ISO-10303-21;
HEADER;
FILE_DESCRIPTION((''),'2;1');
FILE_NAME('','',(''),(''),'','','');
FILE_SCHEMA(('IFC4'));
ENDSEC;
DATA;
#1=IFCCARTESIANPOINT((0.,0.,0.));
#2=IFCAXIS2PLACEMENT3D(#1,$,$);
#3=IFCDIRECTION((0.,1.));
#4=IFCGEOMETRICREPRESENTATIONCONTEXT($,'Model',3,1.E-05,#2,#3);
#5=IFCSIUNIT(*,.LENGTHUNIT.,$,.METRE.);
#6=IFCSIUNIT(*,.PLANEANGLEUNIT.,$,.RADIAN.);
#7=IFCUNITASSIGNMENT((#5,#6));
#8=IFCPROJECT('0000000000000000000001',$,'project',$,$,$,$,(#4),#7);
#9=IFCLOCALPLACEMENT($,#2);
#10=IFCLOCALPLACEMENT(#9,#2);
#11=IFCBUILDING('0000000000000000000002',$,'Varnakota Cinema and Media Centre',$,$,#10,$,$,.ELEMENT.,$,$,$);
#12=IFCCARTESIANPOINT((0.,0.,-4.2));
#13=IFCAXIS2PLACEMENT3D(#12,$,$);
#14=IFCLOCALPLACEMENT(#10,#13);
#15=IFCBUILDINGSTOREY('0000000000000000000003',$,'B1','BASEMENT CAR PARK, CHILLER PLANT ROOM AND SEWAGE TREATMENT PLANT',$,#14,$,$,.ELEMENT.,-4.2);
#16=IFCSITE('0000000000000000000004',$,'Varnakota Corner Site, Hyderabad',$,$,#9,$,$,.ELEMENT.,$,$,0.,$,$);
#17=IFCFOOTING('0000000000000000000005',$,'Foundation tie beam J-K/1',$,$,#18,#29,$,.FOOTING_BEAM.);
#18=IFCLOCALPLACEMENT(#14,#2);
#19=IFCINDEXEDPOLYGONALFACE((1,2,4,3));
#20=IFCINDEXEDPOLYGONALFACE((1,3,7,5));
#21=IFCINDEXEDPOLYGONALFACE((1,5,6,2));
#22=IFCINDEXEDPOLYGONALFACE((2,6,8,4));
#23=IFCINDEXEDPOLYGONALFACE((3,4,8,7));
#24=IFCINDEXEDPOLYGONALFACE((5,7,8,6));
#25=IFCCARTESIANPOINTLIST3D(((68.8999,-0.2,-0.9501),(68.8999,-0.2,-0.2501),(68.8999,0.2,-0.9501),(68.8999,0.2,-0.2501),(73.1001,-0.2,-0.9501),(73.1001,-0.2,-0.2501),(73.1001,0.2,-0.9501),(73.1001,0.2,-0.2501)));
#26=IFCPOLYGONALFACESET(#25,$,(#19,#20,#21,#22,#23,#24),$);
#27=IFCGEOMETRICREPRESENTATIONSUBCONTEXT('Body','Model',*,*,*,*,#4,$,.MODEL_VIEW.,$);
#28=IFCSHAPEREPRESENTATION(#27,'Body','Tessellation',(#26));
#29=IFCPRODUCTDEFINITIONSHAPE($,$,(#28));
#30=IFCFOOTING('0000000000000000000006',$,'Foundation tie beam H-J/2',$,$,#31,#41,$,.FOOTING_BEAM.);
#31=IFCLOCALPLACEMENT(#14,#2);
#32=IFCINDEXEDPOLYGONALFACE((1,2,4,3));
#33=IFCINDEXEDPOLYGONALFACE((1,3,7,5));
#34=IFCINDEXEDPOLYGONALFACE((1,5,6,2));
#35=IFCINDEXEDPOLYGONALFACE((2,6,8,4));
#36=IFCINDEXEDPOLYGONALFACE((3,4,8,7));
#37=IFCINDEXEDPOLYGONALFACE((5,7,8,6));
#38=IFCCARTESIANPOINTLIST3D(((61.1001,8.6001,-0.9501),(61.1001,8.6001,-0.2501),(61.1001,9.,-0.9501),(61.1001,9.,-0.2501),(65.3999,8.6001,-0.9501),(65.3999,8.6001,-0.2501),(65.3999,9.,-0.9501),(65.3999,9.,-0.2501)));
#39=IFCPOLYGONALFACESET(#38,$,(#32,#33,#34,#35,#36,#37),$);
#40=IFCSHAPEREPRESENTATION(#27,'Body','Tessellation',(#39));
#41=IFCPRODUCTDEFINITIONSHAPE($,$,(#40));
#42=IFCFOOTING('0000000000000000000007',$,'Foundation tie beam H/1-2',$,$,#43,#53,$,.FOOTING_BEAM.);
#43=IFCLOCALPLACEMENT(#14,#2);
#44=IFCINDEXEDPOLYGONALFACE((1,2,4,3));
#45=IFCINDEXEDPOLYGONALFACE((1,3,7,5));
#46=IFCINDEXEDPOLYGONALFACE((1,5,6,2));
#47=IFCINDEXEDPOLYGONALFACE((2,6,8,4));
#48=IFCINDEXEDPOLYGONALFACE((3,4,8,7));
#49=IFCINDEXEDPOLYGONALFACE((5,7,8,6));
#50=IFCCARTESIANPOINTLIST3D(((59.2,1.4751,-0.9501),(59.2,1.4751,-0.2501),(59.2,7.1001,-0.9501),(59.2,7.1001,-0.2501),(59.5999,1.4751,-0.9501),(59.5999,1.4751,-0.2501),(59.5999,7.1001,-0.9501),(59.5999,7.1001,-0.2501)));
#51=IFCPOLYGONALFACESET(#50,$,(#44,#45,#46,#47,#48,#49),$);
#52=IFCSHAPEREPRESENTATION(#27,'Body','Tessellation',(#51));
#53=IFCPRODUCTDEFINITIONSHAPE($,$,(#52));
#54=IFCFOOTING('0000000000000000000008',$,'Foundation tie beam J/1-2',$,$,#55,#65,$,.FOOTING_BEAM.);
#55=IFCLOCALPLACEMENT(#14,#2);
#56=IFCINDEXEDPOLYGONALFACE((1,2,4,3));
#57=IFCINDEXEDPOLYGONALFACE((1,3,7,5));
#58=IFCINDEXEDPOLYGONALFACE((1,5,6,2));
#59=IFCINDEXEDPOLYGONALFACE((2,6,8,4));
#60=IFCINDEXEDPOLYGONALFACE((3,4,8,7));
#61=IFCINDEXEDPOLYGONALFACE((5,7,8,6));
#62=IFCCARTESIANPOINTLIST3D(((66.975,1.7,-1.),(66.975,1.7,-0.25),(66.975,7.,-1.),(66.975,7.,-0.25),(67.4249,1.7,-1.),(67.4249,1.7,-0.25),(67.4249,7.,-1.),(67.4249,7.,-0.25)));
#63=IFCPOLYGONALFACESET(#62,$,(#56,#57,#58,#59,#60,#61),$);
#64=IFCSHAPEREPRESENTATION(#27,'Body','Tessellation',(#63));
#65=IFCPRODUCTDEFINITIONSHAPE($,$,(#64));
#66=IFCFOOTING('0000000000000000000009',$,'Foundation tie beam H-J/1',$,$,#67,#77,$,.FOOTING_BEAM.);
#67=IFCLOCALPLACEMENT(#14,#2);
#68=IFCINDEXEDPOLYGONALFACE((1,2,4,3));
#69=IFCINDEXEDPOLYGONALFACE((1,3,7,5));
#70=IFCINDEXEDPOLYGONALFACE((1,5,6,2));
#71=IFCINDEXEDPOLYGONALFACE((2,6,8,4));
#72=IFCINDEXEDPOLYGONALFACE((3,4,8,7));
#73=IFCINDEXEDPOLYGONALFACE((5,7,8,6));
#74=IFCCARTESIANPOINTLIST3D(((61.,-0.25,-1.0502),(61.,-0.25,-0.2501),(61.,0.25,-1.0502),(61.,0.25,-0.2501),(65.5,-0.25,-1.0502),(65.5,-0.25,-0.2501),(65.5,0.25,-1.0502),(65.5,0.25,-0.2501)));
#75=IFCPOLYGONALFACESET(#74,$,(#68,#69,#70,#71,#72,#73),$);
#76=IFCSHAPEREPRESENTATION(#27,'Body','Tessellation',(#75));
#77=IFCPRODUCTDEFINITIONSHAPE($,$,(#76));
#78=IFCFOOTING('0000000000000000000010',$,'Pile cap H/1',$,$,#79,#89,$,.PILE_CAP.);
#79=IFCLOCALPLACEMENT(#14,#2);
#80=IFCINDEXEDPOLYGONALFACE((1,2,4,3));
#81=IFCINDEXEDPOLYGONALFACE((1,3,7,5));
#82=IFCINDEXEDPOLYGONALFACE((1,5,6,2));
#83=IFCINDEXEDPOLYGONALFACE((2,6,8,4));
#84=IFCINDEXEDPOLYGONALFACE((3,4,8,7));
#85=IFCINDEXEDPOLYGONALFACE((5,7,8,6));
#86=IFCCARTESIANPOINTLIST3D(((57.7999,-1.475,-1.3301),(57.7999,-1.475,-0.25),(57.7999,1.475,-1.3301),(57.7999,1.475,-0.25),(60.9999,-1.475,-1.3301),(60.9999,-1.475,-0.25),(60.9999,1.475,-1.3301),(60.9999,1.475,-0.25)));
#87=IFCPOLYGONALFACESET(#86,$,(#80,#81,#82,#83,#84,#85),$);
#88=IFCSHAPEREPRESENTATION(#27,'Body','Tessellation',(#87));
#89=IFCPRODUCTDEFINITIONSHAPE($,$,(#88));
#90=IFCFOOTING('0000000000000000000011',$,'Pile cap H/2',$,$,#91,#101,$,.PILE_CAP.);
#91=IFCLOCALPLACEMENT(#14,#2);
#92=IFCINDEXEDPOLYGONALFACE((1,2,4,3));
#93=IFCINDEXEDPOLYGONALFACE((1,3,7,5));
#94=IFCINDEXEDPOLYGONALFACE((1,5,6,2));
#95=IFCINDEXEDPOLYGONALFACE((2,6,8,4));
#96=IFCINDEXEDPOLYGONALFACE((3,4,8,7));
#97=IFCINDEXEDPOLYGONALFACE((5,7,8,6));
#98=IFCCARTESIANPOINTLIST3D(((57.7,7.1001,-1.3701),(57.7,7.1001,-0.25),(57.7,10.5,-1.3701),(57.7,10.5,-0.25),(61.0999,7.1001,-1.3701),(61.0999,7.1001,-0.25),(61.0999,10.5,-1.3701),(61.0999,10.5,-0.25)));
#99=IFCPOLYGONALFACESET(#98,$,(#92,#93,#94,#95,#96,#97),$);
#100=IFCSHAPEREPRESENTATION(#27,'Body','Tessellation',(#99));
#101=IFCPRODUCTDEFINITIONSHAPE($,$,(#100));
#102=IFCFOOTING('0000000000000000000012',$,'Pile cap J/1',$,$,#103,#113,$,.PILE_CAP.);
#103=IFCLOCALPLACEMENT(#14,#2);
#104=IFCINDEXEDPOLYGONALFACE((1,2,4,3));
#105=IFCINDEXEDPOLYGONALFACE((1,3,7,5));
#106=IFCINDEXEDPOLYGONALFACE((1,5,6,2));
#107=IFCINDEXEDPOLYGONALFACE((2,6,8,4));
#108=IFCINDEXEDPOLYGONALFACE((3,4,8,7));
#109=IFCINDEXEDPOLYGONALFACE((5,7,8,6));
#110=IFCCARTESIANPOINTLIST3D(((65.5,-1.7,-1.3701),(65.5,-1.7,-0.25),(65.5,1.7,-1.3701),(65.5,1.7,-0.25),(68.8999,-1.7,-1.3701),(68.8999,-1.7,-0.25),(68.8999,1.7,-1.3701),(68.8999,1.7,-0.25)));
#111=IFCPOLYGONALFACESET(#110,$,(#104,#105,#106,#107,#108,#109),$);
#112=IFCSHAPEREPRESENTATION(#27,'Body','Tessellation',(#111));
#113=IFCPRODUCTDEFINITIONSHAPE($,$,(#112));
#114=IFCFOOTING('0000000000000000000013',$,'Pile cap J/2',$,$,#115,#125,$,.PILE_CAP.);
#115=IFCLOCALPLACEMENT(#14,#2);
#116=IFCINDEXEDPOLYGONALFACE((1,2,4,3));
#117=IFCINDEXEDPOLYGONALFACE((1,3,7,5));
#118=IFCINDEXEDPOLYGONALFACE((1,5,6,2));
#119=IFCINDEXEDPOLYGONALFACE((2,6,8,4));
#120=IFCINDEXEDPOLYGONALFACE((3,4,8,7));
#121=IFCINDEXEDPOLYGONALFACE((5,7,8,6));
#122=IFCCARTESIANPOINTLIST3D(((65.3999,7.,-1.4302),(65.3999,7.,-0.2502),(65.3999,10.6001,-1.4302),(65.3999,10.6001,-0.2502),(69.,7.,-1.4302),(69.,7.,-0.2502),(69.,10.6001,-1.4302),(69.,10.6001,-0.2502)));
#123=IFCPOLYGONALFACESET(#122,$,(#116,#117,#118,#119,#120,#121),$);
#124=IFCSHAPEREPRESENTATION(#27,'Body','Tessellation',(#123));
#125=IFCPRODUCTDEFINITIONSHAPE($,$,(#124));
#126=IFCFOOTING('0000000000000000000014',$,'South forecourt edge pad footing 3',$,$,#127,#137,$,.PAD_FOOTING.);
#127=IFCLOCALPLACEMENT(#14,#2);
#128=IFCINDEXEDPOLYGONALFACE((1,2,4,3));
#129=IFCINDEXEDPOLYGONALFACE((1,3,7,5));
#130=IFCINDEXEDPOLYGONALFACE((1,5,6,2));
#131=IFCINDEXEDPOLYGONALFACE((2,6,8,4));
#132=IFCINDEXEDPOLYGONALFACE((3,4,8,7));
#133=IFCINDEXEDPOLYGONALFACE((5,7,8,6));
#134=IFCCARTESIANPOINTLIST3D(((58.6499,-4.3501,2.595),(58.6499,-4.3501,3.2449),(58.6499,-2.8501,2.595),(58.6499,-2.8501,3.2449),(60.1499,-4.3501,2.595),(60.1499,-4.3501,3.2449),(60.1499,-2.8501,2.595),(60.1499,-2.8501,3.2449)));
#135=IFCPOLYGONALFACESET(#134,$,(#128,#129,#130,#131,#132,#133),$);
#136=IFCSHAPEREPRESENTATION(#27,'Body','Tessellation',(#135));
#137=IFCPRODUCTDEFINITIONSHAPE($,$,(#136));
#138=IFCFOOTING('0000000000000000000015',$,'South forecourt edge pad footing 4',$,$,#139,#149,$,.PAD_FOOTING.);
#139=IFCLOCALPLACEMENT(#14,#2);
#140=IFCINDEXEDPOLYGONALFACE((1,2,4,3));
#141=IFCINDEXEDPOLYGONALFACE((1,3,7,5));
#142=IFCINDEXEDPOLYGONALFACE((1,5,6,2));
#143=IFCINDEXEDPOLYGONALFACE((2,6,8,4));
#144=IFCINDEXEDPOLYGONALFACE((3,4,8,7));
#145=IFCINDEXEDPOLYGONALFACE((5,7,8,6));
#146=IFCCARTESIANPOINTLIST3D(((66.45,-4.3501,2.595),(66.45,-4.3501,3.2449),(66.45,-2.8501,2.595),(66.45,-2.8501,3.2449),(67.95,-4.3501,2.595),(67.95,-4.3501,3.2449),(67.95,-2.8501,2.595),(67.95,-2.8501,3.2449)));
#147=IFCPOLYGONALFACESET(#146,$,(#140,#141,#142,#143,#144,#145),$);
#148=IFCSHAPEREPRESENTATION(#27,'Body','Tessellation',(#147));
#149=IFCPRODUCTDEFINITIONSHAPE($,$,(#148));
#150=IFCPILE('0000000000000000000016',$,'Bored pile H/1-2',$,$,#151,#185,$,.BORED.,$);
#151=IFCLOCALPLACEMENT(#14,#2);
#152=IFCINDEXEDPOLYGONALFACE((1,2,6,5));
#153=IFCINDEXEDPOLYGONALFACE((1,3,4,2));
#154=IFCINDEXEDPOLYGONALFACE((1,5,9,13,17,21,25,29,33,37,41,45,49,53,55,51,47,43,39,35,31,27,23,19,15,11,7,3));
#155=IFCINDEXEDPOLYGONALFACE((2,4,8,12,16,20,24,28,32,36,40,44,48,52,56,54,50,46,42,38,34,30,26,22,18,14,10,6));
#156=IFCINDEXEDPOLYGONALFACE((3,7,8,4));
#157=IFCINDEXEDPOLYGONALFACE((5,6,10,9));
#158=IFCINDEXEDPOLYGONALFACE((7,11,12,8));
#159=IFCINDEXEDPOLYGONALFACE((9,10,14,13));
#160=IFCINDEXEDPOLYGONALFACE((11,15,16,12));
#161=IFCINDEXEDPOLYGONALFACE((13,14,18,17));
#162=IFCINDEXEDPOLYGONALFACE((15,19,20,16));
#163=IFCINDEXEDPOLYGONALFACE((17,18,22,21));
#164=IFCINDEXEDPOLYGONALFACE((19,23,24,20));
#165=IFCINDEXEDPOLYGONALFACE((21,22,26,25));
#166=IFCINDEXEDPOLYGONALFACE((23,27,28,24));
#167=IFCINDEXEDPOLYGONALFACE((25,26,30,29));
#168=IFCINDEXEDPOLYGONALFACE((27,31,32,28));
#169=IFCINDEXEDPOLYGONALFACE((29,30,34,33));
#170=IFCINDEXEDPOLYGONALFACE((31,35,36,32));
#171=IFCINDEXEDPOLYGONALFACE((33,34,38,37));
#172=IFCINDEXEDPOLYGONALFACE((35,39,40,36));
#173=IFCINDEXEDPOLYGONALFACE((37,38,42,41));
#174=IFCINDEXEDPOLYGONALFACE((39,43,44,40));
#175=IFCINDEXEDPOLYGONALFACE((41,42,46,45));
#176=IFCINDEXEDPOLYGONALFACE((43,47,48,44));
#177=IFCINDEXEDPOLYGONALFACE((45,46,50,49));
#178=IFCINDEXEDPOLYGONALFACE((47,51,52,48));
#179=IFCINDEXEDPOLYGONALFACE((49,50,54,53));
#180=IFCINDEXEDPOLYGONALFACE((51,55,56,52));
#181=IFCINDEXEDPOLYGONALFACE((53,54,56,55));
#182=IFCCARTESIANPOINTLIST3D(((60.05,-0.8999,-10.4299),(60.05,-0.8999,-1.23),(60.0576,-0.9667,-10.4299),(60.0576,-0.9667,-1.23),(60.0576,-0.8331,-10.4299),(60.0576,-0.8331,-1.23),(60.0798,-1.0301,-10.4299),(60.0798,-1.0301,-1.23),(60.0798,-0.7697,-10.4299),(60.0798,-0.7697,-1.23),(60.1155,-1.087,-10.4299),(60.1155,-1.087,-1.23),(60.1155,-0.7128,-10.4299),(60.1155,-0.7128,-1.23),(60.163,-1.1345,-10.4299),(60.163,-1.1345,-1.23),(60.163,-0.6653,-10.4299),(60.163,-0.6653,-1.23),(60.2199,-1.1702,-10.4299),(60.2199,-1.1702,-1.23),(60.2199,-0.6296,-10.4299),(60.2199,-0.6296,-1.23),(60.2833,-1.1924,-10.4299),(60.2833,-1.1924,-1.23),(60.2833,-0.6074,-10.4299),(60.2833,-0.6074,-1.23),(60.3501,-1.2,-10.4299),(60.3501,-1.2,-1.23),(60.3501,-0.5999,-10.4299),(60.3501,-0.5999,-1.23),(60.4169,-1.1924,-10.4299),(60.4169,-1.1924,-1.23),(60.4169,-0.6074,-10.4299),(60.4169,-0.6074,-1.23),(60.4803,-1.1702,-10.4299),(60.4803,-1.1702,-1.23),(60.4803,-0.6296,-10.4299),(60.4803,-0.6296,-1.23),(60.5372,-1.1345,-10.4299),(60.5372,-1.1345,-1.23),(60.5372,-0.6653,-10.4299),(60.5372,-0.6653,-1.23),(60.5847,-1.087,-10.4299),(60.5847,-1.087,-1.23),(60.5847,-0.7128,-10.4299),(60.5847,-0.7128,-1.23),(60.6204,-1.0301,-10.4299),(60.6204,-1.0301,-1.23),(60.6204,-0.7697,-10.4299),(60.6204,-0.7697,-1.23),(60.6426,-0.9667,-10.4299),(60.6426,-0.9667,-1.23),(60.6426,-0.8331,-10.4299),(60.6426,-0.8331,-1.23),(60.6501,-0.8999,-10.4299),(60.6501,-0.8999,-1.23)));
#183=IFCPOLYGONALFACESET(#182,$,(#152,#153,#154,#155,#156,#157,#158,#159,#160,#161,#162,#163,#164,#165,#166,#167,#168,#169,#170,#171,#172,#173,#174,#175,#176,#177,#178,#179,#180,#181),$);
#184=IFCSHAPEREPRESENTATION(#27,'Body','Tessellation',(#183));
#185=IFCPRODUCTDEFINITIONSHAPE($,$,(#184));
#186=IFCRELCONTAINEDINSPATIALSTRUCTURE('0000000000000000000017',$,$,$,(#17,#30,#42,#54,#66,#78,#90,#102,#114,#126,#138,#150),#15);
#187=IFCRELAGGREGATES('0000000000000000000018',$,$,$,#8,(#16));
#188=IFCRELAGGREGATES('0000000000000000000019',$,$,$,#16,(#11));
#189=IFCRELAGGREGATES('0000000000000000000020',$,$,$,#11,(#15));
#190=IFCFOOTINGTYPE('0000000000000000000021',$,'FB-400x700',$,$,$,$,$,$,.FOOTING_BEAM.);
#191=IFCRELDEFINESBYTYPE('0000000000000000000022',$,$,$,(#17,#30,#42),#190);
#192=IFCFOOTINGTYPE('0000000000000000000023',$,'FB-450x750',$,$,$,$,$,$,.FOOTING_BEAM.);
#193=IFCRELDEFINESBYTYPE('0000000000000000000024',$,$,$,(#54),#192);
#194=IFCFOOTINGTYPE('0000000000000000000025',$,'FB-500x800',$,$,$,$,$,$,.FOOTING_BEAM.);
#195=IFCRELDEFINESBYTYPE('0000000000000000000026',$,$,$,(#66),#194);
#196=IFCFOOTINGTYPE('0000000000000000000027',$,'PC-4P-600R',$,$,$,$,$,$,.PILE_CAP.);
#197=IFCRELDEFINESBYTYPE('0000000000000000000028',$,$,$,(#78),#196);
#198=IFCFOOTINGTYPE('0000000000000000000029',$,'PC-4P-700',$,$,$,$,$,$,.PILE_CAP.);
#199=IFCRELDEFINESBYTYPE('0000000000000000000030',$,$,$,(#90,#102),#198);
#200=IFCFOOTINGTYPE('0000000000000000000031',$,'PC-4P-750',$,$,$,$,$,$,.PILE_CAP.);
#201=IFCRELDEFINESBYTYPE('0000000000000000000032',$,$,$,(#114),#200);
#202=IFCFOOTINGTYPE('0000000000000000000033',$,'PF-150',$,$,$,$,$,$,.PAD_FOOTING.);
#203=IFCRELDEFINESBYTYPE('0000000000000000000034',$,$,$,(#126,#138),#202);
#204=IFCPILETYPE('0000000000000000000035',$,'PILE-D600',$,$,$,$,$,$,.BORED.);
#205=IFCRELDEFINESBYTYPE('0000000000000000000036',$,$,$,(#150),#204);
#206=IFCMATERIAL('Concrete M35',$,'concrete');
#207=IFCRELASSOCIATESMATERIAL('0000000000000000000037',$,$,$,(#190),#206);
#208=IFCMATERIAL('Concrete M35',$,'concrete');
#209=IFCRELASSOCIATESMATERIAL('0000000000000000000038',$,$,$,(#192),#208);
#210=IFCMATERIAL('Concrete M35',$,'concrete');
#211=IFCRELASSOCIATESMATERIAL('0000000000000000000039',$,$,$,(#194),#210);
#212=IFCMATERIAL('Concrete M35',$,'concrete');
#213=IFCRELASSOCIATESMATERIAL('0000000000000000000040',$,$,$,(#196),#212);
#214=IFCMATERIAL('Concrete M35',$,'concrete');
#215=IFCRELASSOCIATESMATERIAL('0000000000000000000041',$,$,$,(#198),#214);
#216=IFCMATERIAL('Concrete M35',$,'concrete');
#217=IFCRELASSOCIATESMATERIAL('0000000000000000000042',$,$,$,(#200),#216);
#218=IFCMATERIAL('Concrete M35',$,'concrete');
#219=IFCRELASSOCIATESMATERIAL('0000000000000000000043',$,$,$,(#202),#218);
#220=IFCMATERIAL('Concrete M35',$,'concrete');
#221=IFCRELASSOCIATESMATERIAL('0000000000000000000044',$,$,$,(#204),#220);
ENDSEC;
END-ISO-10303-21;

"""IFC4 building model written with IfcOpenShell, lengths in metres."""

from ifc_helpers import new_model, si_unit, direction, frame, origin, origin_2d, place, context, subcontext, project, spatial, rectangle, circle, extrude, material, material_profile, profile_set, type_object, element, save


model = new_model("IFC4")

# Units and contexts
model_context = context("Model", 3, precision=1e-05, world=origin(), true_north=direction((0.0, 1.0)))
body_context = subcontext(model_context, "Body", "Model", "MODEL_VIEW")
ifc_project = project(units=[si_unit("LENGTHUNIT", "METRE"), si_unit("PLANEANGLEUNIT", "RADIAN")], contexts=[model_context])

# Site, building, storey
site_placement = place(None, origin())
site = spatial("IfcSite", under=ifc_project, at=site_placement, Name="Varnakota Corner Site, Hyderabad", CompositionType="ELEMENT", RefElevation=0.0)
building_placement = place(site_placement, origin())
building = spatial("IfcBuilding", under=site, at=building_placement, Name="Varnakota Cinema and Media Centre", CompositionType="ELEMENT")
storey_placement = place(building_placement, frame((0.0, 0.0, -4.2)))
storey = spatial("IfcBuildingStorey", under=building, at=storey_placement, Name="B1", Description="BASEMENT CAR PARK, CHILLER PLANT ROOM AND SEWAGE TREATMENT PLANT", CompositionType="ELEMENT", Elevation=-4.2)

# Footings
ifc_material_1 = material(Name="Concrete M35", Category="concrete")
ifc_material_profile_1 = material_profile(ifc_material_1, rectangle(XDim=0.3999, YDim=0.7, at=origin_2d()), Name="FB 400x700")
ifc_profile_set_1 = profile_set([ifc_material_profile_1], Name="Concrete M35")
footing_type_1 = type_object("IfcFootingType", Name="FB-400x700", PredefinedType="FOOTING_BEAM", material=ifc_profile_set_1)
footing_1_placement = place(storey_placement, frame((68.8999, 0.0, -0.6001), z_axis=(1.0, 0.0, 0.0), x_axis=(0.0, 1.0, 0.0)))
element("IfcFooting", 1, at=footing_1_placement, inside=storey, type_object=footing_type_1, Name="Foundation tie beam J-K/1", PredefinedType="FOOTING_BEAM", context=body_context, shape_type="SweptSolid", body=[
    extrude(rectangle(XDim=0.3999, YDim=0.7, at=origin_2d()), origin(), (0.0, 0.0, 1.0), 4.2002),
])
footing_2_placement = place(storey_placement, frame((61.1001, 8.8, -0.6001), z_axis=(1.0, 0.0, 0.0), x_axis=(0.0, 1.0, 0.0)))
element("IfcFooting", 2, at=footing_2_placement, inside=storey, type_object=footing_type_1, Name="Foundation tie beam H-J/2", PredefinedType="FOOTING_BEAM", context=body_context, shape_type="SweptSolid", body=[
    extrude(rectangle(XDim=0.3999, YDim=0.7, at=origin_2d()), origin(), (0.0, 0.0, 1.0), 4.2998),
])
footing_3_placement = place(storey_placement, frame((59.3999, 1.4751, -0.6001), z_axis=(0.0, 1.0, 0.0), x_axis=(-1.0, 0.0, 0.0)))
element("IfcFooting", 3, at=footing_3_placement, inside=storey, type_object=footing_type_1, Name="Foundation tie beam H/1-2", PredefinedType="FOOTING_BEAM", context=body_context, shape_type="SweptSolid", body=[
    extrude(rectangle(XDim=0.3999, YDim=0.7, at=origin_2d()), origin(), (0.0, 0.0, 1.0), 5.625),
])
ifc_material_2 = material(Name="Concrete M35", Category="concrete")
ifc_material_profile_2 = material_profile(ifc_material_2, rectangle(XDim=0.45, YDim=0.75, at=origin_2d()), Name="FB 450x750")
ifc_profile_set_2 = profile_set([ifc_material_profile_2], Name="Concrete M35")
footing_type_2 = type_object("IfcFootingType", Name="FB-450x750", PredefinedType="FOOTING_BEAM", material=ifc_profile_set_2)
footing_4_placement = place(storey_placement, frame((67.2, 1.7, -0.625), z_axis=(0.0, 1.0, 0.0), x_axis=(-1.0, 0.0, 0.0)))
element("IfcFooting", 4, at=footing_4_placement, inside=storey, type_object=footing_type_2, Name="Foundation tie beam J/1-2", PredefinedType="FOOTING_BEAM", context=body_context, shape_type="SweptSolid", body=[
    extrude(rectangle(XDim=0.45, YDim=0.75, at=origin_2d()), origin(), (0.0, 0.0, 1.0), 5.3),
])
ifc_material_3 = material(Name="Concrete M35", Category="concrete")
ifc_material_profile_3 = material_profile(ifc_material_3, rectangle(XDim=0.5, YDim=0.8, at=origin_2d()), Name="FB 500x800")
ifc_profile_set_3 = profile_set([ifc_material_profile_3], Name="Concrete M35")
footing_type_3 = type_object("IfcFootingType", Name="FB-500x800", PredefinedType="FOOTING_BEAM", material=ifc_profile_set_3)
footing_5_placement = place(storey_placement, frame((61.0, 0.0, -0.6501), z_axis=(1.0, 0.0, 0.0), x_axis=(0.0, 1.0, 0.0)))
element("IfcFooting", 5, at=footing_5_placement, inside=storey, type_object=footing_type_3, Name="Foundation tie beam H-J/1", PredefinedType="FOOTING_BEAM", context=body_context, shape_type="SweptSolid", body=[
    extrude(rectangle(XDim=0.5, YDim=0.8, at=origin_2d()), origin(), (0.0, 0.0, 1.0), 4.5),
])
ifc_material_4 = material(Name="Concrete M35", Category="concrete")
footing_type_4 = type_object("IfcFootingType", Name="PC-4P-600R", PredefinedType="PILE_CAP", material=ifc_material_4)
footing_6_placement = place(storey_placement, frame((59.3999, 0.0, -1.3301), z_axis=(0.0, 0.0, 1.0), x_axis=(1.0, 0.0, 0.0)))
element("IfcFooting", 6, at=footing_6_placement, inside=storey, type_object=footing_type_4, Name="Pile cap H/1", PredefinedType="PILE_CAP", context=body_context, shape_type="SweptSolid", body=[
    extrude(rectangle(XDim=3.2, YDim=2.95, at=origin_2d()), origin(), (0.0, 0.0, 1.0), 1.0801),
])
ifc_material_5 = material(Name="Concrete M35", Category="concrete")
footing_type_5 = type_object("IfcFootingType", Name="PC-4P-700", PredefinedType="PILE_CAP", material=ifc_material_5)
for number, where, z_axis, x_axis, name in (
    (7, (59.3999, 8.8, -1.3701), (0.0, 0.0, 1.0), (1.0, 0.0, 0.0), "Pile cap H/2"),
    (8, (67.2, 0.0, -1.3701), (0.0, 0.0, 1.0), (1.0, 0.0, 0.0), "Pile cap J/1"),
):
    element("IfcFooting", number, at=place(storey_placement, frame(where, z_axis=z_axis, x_axis=x_axis)), inside=storey, type_object=footing_type_5, Name=name, PredefinedType="PILE_CAP", context=body_context, shape_type="SweptSolid", body=[
        extrude(rectangle(XDim=3.3999, YDim=3.3999, at=origin_2d()), origin(), (0.0, 0.0, 1.0), 1.1201),
    ])
ifc_material_6 = material(Name="Concrete M35", Category="concrete")
footing_type_6 = type_object("IfcFootingType", Name="PC-4P-750", PredefinedType="PILE_CAP", material=ifc_material_6)
footing_7_placement = place(storey_placement, frame((67.2, 8.8, -1.4302), z_axis=(0.0, 0.0, 1.0), x_axis=(1.0, 0.0, 0.0)))
element("IfcFooting", 9, at=footing_7_placement, inside=storey, type_object=footing_type_6, Name="Pile cap J/2", PredefinedType="PILE_CAP", context=body_context, shape_type="SweptSolid", body=[
    extrude(rectangle(XDim=3.6001, YDim=3.6001, at=origin_2d()), origin(), (0.0, 0.0, 1.0), 1.1799),
])
ifc_material_7 = material(Name="Concrete M35", Category="concrete")
footing_type_7 = type_object("IfcFootingType", Name="PF-150", PredefinedType="PAD_FOOTING", material=ifc_material_7)
for number, where, z_axis, x_axis, name in (
    (10, (59.3999, -3.6001, 2.595), (0.0, 0.0, 1.0), (1.0, 0.0, 0.0), "South forecourt edge pad footing 3"),
    (11, (67.2, -3.6001, 2.595), (0.0, 0.0, 1.0), (1.0, 0.0, 0.0), "South forecourt edge pad footing 4"),
):
    element("IfcFooting", number, at=place(storey_placement, frame(where, z_axis=z_axis, x_axis=x_axis)), inside=storey, type_object=footing_type_7, Name=name, PredefinedType="PAD_FOOTING", context=body_context, shape_type="SweptSolid", body=[
        extrude(rectangle(XDim=1.5, YDim=1.5, at=origin_2d()), origin(), (0.0, 0.0, 1.0), 0.6499),
    ])

# Pile
ifc_material_8 = material(Name="Concrete M35", Category="concrete")
ifc_material_profile_4 = material_profile(ifc_material_8, circle(Radius=0.3, at=origin_2d()), Name="PILE D600")
ifc_profile_set_4 = profile_set([ifc_material_profile_4], Name="Concrete M35")
pile_type_1 = type_object("IfcPileType", Name="PILE-D600", PredefinedType="BORED", material=ifc_profile_set_4)
for number, where, z_axis, x_axis, name in (
    (12, (60.3501, -0.8999, -1.23), (0.0, 0.0, -1.0), (1.0, 0.0, 0.0), "Bored pile H/1-2"),
):
    element("IfcPile", number, at=place(storey_placement, frame(where, z_axis=z_axis, x_axis=x_axis)), inside=storey, type_object=pile_type_1, Name=name, PredefinedType="BORED", context=body_context, shape_type="SweptSolid", body=[
        extrude(circle(Radius=0.3, at=origin_2d()), origin(), (0.0, 0.0, 1.0), 9.2),
    ])

save(model, "model.ifc")
